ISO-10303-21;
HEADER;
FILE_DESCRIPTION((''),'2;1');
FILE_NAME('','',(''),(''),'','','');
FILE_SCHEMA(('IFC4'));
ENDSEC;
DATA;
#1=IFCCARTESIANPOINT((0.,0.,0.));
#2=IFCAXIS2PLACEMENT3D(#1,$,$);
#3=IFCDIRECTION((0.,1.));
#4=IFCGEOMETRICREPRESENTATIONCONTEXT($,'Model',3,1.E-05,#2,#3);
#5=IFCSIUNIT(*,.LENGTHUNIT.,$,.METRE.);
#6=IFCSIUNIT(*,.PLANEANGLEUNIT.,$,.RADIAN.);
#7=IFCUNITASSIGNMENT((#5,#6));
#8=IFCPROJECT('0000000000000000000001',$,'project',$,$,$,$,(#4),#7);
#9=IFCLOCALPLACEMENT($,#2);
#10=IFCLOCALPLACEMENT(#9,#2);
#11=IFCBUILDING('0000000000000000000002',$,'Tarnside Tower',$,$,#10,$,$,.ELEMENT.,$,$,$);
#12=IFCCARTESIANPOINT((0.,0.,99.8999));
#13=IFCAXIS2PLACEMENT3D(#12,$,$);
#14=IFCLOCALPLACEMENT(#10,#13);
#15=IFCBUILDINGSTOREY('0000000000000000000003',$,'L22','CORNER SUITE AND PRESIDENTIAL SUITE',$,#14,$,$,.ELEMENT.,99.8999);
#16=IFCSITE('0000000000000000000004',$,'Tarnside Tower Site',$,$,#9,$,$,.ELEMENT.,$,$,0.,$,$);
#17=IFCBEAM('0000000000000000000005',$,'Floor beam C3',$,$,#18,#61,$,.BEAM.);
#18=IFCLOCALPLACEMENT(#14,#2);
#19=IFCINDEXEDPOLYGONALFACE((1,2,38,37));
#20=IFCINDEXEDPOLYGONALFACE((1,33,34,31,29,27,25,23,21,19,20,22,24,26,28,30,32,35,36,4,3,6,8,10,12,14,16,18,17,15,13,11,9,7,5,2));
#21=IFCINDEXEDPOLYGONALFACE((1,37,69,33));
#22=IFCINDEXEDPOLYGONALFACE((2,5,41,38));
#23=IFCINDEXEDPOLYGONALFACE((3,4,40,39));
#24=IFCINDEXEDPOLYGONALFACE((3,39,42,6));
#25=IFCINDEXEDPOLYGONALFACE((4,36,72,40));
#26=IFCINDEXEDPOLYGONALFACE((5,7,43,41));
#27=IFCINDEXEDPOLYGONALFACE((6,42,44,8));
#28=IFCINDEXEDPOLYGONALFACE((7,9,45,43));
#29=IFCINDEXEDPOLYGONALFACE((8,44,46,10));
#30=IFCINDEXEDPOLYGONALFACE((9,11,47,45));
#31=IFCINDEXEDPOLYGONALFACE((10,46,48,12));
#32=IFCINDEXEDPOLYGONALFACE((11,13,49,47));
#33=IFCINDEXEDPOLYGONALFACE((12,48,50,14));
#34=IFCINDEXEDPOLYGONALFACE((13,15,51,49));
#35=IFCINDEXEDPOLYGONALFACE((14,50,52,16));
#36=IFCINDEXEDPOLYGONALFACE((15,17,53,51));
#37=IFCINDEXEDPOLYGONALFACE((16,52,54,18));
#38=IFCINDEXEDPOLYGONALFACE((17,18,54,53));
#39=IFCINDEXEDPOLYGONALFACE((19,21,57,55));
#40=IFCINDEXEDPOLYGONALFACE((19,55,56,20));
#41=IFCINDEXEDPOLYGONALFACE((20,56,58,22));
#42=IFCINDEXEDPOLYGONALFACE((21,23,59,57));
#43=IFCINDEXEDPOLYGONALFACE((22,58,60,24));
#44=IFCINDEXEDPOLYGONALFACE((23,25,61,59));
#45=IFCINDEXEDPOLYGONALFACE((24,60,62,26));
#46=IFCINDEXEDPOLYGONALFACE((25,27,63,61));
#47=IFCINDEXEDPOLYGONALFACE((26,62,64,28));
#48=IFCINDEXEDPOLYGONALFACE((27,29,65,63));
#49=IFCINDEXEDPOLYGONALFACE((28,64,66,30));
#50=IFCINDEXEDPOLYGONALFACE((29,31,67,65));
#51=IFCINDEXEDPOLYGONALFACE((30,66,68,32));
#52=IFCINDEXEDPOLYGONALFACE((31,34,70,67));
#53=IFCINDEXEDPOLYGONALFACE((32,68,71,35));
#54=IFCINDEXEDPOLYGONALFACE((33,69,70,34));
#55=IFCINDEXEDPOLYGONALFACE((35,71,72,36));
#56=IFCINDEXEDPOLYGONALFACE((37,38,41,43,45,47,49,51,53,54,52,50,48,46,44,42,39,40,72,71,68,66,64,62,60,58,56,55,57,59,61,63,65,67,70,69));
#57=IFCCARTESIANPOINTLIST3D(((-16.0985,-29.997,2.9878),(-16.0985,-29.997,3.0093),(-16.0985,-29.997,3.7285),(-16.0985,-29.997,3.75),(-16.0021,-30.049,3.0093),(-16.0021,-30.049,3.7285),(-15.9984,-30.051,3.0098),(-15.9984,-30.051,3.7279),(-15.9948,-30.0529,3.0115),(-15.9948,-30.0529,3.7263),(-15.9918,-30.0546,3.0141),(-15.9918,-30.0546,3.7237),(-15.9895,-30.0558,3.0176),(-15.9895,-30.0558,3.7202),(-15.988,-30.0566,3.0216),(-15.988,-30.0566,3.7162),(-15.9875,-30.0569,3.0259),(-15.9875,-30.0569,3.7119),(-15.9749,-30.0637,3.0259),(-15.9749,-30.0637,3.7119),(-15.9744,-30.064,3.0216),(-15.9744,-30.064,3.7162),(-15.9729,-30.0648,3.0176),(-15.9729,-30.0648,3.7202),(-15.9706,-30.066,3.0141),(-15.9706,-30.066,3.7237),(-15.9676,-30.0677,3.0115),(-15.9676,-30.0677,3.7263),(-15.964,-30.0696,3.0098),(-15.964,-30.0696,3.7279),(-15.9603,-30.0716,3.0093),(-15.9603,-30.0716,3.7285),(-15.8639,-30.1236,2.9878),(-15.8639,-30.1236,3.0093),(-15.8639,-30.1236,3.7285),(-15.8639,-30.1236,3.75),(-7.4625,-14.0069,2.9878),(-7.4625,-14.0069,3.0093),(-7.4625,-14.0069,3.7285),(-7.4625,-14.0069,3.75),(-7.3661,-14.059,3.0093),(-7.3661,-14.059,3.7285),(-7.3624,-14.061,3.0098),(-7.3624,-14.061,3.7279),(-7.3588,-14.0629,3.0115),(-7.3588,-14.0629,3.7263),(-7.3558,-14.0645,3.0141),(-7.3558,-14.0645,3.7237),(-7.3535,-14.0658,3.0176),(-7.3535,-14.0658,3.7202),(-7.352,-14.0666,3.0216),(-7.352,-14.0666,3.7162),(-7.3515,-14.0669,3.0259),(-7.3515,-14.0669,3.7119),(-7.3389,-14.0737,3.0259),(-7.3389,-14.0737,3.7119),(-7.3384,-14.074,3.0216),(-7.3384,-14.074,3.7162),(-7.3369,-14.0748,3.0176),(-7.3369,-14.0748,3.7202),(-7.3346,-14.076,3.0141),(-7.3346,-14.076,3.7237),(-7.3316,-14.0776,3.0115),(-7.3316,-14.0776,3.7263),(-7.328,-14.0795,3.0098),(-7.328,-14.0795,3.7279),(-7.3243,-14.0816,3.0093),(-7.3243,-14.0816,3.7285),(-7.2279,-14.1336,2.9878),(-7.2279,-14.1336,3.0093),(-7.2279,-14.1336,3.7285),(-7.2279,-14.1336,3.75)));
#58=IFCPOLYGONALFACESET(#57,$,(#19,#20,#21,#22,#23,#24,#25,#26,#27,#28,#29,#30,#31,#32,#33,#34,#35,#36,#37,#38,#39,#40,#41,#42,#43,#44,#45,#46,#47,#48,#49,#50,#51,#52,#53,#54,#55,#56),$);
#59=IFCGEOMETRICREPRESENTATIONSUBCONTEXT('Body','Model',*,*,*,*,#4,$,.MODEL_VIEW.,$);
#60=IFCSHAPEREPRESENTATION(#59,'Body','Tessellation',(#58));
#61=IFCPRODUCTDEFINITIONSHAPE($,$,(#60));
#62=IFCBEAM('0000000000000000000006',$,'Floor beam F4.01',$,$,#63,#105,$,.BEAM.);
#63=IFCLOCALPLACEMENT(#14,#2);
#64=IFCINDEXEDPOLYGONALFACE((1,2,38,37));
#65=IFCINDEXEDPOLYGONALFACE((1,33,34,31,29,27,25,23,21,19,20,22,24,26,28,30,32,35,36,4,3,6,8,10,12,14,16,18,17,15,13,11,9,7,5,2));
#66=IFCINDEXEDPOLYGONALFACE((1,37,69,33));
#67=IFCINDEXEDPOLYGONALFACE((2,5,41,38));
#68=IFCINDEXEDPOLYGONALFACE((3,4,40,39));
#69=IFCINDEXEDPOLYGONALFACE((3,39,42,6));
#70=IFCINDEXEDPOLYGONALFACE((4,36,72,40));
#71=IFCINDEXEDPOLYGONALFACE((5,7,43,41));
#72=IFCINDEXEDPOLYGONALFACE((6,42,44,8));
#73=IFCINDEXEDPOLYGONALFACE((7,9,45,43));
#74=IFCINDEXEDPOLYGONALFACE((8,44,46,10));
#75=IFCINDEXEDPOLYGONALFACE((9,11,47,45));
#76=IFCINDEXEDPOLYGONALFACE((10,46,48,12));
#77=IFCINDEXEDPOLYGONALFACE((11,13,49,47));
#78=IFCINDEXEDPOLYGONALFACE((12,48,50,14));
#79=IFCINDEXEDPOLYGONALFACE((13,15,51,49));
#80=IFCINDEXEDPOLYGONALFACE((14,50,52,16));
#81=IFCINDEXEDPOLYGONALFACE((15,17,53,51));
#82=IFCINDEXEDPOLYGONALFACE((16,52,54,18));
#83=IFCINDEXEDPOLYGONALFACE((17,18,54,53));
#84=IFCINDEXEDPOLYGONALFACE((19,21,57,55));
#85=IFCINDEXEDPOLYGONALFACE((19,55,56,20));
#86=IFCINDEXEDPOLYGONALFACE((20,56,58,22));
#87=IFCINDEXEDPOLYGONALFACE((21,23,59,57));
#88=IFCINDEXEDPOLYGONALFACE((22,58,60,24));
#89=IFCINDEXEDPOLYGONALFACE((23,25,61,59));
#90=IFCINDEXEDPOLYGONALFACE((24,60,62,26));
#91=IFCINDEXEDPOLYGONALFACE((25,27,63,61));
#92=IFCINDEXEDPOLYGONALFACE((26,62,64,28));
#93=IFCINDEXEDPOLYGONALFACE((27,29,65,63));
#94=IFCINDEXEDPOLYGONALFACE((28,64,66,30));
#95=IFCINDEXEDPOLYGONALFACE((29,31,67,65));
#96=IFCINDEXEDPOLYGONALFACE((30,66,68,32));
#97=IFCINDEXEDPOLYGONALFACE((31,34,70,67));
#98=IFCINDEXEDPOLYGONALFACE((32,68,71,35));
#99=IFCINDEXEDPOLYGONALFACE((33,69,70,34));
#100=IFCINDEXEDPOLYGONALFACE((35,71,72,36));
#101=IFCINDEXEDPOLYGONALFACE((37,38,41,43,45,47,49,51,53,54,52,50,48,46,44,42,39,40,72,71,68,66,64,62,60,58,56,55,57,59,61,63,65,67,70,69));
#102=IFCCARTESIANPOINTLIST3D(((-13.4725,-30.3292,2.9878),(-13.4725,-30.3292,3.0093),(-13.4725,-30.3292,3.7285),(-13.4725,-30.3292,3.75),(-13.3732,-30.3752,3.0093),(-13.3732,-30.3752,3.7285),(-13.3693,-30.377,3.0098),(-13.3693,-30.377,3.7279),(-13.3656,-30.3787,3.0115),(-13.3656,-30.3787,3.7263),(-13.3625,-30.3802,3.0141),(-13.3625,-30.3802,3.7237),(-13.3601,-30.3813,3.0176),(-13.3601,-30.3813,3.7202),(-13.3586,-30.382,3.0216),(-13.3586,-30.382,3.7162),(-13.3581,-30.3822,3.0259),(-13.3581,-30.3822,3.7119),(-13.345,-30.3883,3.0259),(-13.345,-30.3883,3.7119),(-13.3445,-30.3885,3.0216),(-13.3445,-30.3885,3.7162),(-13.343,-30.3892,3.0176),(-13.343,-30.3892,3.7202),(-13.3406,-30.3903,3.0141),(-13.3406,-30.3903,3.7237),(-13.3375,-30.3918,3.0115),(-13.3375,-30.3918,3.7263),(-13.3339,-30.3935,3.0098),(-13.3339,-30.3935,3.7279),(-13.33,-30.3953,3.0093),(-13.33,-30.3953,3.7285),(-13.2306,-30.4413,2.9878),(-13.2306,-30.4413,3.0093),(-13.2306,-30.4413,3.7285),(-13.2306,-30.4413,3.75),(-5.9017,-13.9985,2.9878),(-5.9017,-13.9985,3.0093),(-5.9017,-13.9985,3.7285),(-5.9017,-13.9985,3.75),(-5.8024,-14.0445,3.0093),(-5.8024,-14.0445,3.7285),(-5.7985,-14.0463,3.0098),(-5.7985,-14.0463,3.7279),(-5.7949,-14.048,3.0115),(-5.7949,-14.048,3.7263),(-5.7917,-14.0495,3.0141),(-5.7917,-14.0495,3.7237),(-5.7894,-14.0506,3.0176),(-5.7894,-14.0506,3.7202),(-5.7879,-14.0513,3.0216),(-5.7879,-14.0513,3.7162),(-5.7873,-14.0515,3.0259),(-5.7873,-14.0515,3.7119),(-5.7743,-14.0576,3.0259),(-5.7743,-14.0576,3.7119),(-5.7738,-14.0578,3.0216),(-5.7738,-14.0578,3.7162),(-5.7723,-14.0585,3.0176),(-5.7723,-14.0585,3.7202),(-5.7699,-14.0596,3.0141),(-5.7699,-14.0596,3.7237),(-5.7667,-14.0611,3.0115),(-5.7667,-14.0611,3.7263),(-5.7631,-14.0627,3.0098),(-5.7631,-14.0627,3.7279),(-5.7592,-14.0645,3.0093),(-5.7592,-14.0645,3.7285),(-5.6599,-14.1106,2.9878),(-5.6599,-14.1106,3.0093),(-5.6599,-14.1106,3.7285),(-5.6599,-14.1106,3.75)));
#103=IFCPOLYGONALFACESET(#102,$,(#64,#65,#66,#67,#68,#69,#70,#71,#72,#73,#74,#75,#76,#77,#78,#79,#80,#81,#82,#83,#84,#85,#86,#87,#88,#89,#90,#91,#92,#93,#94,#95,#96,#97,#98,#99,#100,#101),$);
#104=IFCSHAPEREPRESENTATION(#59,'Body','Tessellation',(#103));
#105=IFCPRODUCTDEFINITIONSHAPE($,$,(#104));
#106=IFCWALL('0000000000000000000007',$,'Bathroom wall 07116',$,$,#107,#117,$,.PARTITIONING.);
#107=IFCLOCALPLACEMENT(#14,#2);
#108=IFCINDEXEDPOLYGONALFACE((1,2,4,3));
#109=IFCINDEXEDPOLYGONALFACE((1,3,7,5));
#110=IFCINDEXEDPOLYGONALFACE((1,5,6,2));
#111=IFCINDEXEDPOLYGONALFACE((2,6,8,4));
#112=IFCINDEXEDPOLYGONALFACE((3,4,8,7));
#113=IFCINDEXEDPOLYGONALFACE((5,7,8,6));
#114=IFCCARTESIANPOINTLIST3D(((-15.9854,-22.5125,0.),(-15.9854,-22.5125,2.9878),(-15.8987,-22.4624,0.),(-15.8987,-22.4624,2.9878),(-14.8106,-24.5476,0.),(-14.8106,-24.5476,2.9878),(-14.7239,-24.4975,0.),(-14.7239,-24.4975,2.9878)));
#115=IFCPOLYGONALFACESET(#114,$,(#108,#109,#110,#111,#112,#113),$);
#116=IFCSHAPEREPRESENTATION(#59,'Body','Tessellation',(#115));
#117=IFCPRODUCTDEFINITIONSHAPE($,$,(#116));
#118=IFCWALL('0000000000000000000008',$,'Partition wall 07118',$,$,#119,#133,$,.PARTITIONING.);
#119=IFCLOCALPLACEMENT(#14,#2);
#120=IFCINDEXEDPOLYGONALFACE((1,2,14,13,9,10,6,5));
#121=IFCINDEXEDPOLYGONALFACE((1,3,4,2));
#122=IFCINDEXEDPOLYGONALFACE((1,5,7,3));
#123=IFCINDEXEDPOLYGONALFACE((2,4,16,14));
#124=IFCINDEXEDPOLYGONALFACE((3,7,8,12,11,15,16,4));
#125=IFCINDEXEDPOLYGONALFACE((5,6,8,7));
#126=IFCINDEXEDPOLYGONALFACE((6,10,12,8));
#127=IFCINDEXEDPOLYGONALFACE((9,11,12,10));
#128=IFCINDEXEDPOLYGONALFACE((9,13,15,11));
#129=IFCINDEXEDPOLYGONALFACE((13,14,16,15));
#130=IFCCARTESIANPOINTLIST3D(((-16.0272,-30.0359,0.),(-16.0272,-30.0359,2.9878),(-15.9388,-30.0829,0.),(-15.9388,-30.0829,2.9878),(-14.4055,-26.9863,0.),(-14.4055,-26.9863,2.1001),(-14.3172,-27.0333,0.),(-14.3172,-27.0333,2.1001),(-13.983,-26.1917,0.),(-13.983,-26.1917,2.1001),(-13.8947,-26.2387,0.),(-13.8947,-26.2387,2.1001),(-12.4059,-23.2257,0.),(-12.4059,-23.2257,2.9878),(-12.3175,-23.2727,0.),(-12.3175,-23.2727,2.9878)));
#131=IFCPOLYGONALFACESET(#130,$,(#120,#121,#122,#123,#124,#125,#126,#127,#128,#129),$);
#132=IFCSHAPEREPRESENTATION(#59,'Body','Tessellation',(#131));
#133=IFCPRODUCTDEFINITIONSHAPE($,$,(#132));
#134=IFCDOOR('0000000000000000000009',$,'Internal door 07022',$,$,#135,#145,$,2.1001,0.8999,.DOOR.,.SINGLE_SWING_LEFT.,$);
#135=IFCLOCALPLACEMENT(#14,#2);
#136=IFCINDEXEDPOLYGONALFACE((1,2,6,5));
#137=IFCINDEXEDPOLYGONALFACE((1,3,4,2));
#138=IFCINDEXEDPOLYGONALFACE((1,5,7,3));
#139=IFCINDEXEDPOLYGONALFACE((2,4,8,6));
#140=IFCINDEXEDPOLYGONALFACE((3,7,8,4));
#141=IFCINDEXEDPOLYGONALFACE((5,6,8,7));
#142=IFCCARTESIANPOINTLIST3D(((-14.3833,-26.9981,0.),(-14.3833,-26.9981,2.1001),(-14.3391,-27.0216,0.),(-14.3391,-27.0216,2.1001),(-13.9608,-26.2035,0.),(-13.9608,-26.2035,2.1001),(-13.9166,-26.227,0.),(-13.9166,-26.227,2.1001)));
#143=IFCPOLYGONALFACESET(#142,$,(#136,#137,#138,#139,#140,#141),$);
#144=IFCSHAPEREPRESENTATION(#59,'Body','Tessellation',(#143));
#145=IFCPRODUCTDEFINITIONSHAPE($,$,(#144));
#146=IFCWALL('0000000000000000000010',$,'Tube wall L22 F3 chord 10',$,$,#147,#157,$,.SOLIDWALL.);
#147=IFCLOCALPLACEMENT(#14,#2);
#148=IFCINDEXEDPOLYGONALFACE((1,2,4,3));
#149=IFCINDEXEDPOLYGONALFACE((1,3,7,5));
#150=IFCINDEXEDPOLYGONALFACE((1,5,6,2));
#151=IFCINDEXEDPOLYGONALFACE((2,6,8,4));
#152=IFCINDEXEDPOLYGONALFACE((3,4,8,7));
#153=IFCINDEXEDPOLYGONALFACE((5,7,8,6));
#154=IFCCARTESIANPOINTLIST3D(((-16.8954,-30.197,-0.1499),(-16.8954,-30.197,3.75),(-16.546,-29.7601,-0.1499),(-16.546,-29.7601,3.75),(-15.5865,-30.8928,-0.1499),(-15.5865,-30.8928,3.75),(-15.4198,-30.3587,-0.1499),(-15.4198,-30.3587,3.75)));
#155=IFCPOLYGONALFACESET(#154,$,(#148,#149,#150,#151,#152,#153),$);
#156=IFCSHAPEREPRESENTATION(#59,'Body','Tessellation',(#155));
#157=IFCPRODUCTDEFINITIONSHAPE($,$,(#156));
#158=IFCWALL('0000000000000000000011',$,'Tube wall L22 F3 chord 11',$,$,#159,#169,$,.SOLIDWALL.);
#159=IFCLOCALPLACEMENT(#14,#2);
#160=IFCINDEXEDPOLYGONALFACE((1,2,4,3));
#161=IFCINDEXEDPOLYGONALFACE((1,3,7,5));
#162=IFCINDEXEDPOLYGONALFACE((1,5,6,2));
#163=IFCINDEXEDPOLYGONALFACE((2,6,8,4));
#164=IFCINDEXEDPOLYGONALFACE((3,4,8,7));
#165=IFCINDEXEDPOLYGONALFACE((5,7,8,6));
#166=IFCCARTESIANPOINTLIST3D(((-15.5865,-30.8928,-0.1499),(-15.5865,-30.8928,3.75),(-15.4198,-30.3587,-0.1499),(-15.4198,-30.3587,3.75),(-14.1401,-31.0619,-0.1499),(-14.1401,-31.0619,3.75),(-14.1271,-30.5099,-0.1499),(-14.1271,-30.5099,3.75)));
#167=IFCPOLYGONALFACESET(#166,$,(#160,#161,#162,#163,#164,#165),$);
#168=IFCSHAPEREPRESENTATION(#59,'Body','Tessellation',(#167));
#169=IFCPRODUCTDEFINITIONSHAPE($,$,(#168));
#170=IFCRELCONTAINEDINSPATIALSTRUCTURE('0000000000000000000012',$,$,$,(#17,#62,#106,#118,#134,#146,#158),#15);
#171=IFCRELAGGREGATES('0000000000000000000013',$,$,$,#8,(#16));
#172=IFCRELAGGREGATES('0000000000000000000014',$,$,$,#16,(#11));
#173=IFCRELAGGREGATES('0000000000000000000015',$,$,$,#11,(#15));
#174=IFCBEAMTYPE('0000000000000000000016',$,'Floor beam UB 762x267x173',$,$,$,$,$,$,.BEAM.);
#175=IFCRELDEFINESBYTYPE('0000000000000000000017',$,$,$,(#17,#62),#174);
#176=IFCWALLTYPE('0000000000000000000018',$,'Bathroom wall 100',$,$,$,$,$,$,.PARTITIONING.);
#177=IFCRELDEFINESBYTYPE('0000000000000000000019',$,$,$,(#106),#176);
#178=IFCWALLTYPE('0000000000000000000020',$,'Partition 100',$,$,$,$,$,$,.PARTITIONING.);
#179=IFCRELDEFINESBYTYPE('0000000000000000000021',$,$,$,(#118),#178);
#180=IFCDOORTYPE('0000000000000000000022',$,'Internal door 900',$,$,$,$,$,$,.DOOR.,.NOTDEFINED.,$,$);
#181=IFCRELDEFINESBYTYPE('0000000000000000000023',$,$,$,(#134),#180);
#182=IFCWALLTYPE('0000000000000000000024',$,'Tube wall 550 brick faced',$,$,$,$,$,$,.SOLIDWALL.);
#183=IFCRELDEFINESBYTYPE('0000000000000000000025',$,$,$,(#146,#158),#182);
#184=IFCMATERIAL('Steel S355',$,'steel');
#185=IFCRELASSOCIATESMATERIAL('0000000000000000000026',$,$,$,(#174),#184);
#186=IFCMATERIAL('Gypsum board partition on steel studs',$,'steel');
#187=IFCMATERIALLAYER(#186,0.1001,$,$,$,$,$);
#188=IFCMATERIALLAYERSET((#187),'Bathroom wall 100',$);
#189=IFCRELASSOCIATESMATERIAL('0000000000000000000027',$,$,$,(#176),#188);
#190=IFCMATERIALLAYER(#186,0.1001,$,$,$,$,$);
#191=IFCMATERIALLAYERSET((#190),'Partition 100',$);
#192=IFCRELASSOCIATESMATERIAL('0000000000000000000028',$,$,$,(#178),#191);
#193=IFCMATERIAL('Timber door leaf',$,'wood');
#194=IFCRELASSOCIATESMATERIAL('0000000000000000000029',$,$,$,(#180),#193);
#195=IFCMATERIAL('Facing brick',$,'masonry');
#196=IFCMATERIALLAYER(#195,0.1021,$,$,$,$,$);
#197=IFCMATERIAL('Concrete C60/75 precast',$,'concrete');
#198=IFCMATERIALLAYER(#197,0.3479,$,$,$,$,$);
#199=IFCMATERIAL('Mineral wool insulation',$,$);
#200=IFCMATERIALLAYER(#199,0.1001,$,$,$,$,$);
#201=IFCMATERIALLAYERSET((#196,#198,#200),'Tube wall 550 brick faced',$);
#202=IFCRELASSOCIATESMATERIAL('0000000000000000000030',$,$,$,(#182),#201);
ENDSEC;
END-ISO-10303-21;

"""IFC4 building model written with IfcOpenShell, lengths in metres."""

from ifc_helpers import new_model, si_unit, direction, frame, frame_2d, origin, origin_2d, place, context, subcontext, project, spatial, polyline, rectangle, i_section, outline, extrude, material, layer, layer_set, material_profile, profile_set, type_object, element, fill, save


model = new_model("IFC4")

# Units and contexts
model_context = context("Model", 3, precision=1e-05, world=origin(), true_north=direction((0.0, 1.0)))
body_context = subcontext(model_context, "Body", "Model", "MODEL_VIEW")
ifc_project = project(units=[si_unit("LENGTHUNIT", "METRE"), si_unit("PLANEANGLEUNIT", "RADIAN")], contexts=[model_context])

# Site, building, storey
site_placement = place(None, origin())
site = spatial("IfcSite", under=ifc_project, at=site_placement, Name="Tarnside Tower Site", CompositionType="ELEMENT", RefElevation=0.0)
building_placement = place(site_placement, origin())
building = spatial("IfcBuilding", under=site, at=building_placement, Name="Tarnside Tower", CompositionType="ELEMENT")
storey_placement = place(building_placement, frame((0.0, 0.0, 99.8999)))
storey = spatial("IfcBuildingStorey", under=building, at=storey_placement, Name="L22", Description="CORNER SUITE AND PRESIDENTIAL SUITE", CompositionType="ELEMENT", Elevation=99.8999)

# Beams
ifc_material_1 = material(Name="Steel S355", Category="steel")
ifc_material_profile = material_profile(ifc_material_1, i_section(OverallWidth=0.2666, OverallDepth=0.7622, WebThickness=0.0144, FlangeThickness=0.0215, FilletRadius=0.0166, at=origin_2d()), Name="UB 762x267x173")
ifc_profile_set = profile_set([ifc_material_profile], Name="Steel S355")
beam_type = type_object("IfcBeamType", Name="Floor beam UB 762x267x173", PredefinedType="BEAM", material=ifc_profile_set)
beam_1_placement = place(storey_placement, frame((-15.9812, -30.0603, 3.3689), z_axis=(0.475208, 0.879873, 0.0), x_axis=(-0.879873, 0.475208, 0.0)))
element("IfcBeam", 1, at=beam_1_placement, inside=storey, type_object=beam_type, Name="Floor beam C3", PredefinedType="BEAM", context=body_context, shape_type="SweptSolid", body=[
    extrude(i_section(OverallWidth=0.2666, OverallDepth=0.7622, WebThickness=0.0144, FlangeThickness=0.0215, FilletRadius=0.0166, at=origin_2d()), origin(), (0.0, 0.0, 1.0), 18.1731),
])
beam_2_placement = place(storey_placement, frame((-13.3516, -30.3853, 3.3689), z_axis=(0.420592, 0.90725, 0.0), x_axis=(-0.90725, 0.420592, 0.0)))
element("IfcBeam", 2, at=beam_2_placement, inside=storey, type_object=beam_type, Name="Floor beam F4.01", PredefinedType="BEAM", context=body_context, shape_type="SweptSolid", body=[
    extrude(i_section(OverallWidth=0.2666, OverallDepth=0.7622, WebThickness=0.0144, FlangeThickness=0.0215, FilletRadius=0.0166, at=origin_2d()), origin(), (0.0, 0.0, 1.0), 18.0002),
])

# Wall
ifc_material_2 = material(Name="Gypsum board partition on steel studs", Category="steel")
ifc_layer_1 = layer(ifc_material_2, 0.1001)
ifc_layer_set_1 = layer_set([ifc_layer_1], Name="Bathroom wall 100")
wall_type_1 = type_object("IfcWallType", Name="Bathroom wall 100", PredefinedType="PARTITIONING", material=ifc_layer_set_1)
wall_1_placement = place(storey_placement, frame((-14.7673, -24.5225, 0.0), z_axis=(0.0, 0.0, 1.0), x_axis=(-0.499938, 0.866061, 0.0)))
element("IfcWall", 3, at=wall_1_placement, inside=storey, type_object=wall_type_1, Name="Bathroom wall 07116", PredefinedType="PARTITIONING", context=body_context, shape_type="SweptSolid", body=[
    extrude(rectangle(XDim=2.3499, YDim=0.1001, at=frame_2d((1.1748, 0.0))), origin(), (0.0, 0.0, 1.0), 2.9878),
])

# Wall, opening, door
ifc_layer_2 = layer(ifc_material_2, 0.1001)
ifc_layer_set_2 = layer_set([ifc_layer_2], Name="Partition 100")
wall_type_2 = type_object("IfcWallType", Name="Partition 100", PredefinedType="PARTITIONING", material=ifc_layer_set_2)
wall_2_placement = place(storey_placement, frame((-15.9829, -30.0593, 0.0), z_axis=(0.0, 0.0, 1.0), x_axis=(0.469495, 0.882935, 0.0)))
wall_2 = element("IfcWall", 4, at=wall_2_placement, inside=storey, type_object=wall_type_2, Name="Partition wall 07118", PredefinedType="PARTITIONING", context=body_context, shape_type="SweptSolid", body=[
    extrude(rectangle(XDim=7.7131, YDim=0.1001, at=frame_2d((3.8564, 0.0))), origin(), (0.0, 0.0, 1.0), 2.9878),
])
opening_1_placement = place(wall_2_placement, frame((3.4539, 0.0, 0.0)))
opening_1 = element("IfcOpeningElement", 5, at=opening_1_placement, cuts=wall_2, PredefinedType="OPENING", context=body_context, shape_type="SweptSolid", body=[
    extrude(rectangle(XDim=0.8999, YDim=2.1001, at=frame_2d((0.45, 1.05))), frame((0.0, 0.0601, 0.0), z_axis=(0.0, -1.0, 0.0), x_axis=(1.0, 0.0, 0.0)), (0.0, 0.0, 1.0), 0.1201),
])
ifc_material_3 = material(Name="Timber door leaf", Category="wood")
door_type = type_object("IfcDoorType", Name="Internal door 900", OperationType="NOTDEFINED", PredefinedType="DOOR", material=ifc_material_3)
door_placement = place(opening_1_placement, origin())
door = element("IfcDoor", 6, at=door_placement, inside=storey, type_object=door_type, Name="Internal door 07022", OperationType="SINGLE_SWING_LEFT", OverallHeight=2.1001, OverallWidth=0.8999, PredefinedType="DOOR", context=body_context, shape_type="SweptSolid", body=[
    extrude(rectangle(XDim=0.8999, YDim=2.1001, at=frame_2d((0.45, 1.05))), frame((0.0, 0.0249, 0.0), z_axis=(0.0, -1.0, 0.0), x_axis=(1.0, 0.0, 0.0)), (0.0, 0.0, 1.0), 0.05),
])
fill(opening_1, door)

# Walls
ifc_material_4 = material(Name="Facing brick", Category="masonry")
ifc_layer_3 = layer(ifc_material_4, 0.1021)
ifc_material_5 = material(Name="Concrete C60/75 precast", Category="concrete")
ifc_layer_4 = layer(ifc_material_5, 0.3479)
ifc_material_6 = material(Name="Mineral wool insulation")
ifc_layer_5 = layer(ifc_material_6, 0.1001)
ifc_layer_set_3 = layer_set([ifc_layer_3, ifc_layer_4, ifc_layer_5], Name="Tube wall 550 brick faced")
wall_type_3 = type_object("IfcWallType", Name="Tube wall 550 brick faced", PredefinedType="SOLIDWALL", material=ifc_layer_set_3)
wall_3_placement = place(storey_placement, frame((-16.7207, -29.9785, -0.1499), z_axis=(0.0, 0.0, 1.0), x_axis=(0.882994, -0.469384, 0.0)))
element("IfcWall", 7, at=wall_3_placement, inside=storey, type_object=wall_type_3, Name="Tube wall L22 F3 chord 10", PredefinedType="SOLIDWALL", context=body_context, shape_type="SweptSolid", body=[
    extrude(outline(polyline([(-0.0518, -0.2749), (1.4307, -0.2749), (1.3271, 0.2749), (0.0518, 0.2749), (-0.0518, -0.2749)])), origin(), (0.0, 0.0, 1.0), 3.8999),
])
wall_4_placement = place(storey_placement, frame((-15.5032, -30.6257, -0.1499), z_axis=(0.0, 0.0, 1.0), x_axis=(0.993233, -0.116143, 0.0)))
element("IfcWall", 8, at=wall_4_placement, inside=storey, type_object=wall_type_3, Name="Tube wall L22 F3 chord 11", PredefinedType="SOLIDWALL", context=body_context, shape_type="SweptSolid", body=[
    extrude(outline(polyline([(-0.0518, -0.2749), (1.4045, -0.2749), (1.3533, 0.2749), (0.0518, 0.2749), (-0.0518, -0.2749)])), origin(), (0.0, 0.0, 1.0), 3.8999),
])

save(model, "model.ifc")
